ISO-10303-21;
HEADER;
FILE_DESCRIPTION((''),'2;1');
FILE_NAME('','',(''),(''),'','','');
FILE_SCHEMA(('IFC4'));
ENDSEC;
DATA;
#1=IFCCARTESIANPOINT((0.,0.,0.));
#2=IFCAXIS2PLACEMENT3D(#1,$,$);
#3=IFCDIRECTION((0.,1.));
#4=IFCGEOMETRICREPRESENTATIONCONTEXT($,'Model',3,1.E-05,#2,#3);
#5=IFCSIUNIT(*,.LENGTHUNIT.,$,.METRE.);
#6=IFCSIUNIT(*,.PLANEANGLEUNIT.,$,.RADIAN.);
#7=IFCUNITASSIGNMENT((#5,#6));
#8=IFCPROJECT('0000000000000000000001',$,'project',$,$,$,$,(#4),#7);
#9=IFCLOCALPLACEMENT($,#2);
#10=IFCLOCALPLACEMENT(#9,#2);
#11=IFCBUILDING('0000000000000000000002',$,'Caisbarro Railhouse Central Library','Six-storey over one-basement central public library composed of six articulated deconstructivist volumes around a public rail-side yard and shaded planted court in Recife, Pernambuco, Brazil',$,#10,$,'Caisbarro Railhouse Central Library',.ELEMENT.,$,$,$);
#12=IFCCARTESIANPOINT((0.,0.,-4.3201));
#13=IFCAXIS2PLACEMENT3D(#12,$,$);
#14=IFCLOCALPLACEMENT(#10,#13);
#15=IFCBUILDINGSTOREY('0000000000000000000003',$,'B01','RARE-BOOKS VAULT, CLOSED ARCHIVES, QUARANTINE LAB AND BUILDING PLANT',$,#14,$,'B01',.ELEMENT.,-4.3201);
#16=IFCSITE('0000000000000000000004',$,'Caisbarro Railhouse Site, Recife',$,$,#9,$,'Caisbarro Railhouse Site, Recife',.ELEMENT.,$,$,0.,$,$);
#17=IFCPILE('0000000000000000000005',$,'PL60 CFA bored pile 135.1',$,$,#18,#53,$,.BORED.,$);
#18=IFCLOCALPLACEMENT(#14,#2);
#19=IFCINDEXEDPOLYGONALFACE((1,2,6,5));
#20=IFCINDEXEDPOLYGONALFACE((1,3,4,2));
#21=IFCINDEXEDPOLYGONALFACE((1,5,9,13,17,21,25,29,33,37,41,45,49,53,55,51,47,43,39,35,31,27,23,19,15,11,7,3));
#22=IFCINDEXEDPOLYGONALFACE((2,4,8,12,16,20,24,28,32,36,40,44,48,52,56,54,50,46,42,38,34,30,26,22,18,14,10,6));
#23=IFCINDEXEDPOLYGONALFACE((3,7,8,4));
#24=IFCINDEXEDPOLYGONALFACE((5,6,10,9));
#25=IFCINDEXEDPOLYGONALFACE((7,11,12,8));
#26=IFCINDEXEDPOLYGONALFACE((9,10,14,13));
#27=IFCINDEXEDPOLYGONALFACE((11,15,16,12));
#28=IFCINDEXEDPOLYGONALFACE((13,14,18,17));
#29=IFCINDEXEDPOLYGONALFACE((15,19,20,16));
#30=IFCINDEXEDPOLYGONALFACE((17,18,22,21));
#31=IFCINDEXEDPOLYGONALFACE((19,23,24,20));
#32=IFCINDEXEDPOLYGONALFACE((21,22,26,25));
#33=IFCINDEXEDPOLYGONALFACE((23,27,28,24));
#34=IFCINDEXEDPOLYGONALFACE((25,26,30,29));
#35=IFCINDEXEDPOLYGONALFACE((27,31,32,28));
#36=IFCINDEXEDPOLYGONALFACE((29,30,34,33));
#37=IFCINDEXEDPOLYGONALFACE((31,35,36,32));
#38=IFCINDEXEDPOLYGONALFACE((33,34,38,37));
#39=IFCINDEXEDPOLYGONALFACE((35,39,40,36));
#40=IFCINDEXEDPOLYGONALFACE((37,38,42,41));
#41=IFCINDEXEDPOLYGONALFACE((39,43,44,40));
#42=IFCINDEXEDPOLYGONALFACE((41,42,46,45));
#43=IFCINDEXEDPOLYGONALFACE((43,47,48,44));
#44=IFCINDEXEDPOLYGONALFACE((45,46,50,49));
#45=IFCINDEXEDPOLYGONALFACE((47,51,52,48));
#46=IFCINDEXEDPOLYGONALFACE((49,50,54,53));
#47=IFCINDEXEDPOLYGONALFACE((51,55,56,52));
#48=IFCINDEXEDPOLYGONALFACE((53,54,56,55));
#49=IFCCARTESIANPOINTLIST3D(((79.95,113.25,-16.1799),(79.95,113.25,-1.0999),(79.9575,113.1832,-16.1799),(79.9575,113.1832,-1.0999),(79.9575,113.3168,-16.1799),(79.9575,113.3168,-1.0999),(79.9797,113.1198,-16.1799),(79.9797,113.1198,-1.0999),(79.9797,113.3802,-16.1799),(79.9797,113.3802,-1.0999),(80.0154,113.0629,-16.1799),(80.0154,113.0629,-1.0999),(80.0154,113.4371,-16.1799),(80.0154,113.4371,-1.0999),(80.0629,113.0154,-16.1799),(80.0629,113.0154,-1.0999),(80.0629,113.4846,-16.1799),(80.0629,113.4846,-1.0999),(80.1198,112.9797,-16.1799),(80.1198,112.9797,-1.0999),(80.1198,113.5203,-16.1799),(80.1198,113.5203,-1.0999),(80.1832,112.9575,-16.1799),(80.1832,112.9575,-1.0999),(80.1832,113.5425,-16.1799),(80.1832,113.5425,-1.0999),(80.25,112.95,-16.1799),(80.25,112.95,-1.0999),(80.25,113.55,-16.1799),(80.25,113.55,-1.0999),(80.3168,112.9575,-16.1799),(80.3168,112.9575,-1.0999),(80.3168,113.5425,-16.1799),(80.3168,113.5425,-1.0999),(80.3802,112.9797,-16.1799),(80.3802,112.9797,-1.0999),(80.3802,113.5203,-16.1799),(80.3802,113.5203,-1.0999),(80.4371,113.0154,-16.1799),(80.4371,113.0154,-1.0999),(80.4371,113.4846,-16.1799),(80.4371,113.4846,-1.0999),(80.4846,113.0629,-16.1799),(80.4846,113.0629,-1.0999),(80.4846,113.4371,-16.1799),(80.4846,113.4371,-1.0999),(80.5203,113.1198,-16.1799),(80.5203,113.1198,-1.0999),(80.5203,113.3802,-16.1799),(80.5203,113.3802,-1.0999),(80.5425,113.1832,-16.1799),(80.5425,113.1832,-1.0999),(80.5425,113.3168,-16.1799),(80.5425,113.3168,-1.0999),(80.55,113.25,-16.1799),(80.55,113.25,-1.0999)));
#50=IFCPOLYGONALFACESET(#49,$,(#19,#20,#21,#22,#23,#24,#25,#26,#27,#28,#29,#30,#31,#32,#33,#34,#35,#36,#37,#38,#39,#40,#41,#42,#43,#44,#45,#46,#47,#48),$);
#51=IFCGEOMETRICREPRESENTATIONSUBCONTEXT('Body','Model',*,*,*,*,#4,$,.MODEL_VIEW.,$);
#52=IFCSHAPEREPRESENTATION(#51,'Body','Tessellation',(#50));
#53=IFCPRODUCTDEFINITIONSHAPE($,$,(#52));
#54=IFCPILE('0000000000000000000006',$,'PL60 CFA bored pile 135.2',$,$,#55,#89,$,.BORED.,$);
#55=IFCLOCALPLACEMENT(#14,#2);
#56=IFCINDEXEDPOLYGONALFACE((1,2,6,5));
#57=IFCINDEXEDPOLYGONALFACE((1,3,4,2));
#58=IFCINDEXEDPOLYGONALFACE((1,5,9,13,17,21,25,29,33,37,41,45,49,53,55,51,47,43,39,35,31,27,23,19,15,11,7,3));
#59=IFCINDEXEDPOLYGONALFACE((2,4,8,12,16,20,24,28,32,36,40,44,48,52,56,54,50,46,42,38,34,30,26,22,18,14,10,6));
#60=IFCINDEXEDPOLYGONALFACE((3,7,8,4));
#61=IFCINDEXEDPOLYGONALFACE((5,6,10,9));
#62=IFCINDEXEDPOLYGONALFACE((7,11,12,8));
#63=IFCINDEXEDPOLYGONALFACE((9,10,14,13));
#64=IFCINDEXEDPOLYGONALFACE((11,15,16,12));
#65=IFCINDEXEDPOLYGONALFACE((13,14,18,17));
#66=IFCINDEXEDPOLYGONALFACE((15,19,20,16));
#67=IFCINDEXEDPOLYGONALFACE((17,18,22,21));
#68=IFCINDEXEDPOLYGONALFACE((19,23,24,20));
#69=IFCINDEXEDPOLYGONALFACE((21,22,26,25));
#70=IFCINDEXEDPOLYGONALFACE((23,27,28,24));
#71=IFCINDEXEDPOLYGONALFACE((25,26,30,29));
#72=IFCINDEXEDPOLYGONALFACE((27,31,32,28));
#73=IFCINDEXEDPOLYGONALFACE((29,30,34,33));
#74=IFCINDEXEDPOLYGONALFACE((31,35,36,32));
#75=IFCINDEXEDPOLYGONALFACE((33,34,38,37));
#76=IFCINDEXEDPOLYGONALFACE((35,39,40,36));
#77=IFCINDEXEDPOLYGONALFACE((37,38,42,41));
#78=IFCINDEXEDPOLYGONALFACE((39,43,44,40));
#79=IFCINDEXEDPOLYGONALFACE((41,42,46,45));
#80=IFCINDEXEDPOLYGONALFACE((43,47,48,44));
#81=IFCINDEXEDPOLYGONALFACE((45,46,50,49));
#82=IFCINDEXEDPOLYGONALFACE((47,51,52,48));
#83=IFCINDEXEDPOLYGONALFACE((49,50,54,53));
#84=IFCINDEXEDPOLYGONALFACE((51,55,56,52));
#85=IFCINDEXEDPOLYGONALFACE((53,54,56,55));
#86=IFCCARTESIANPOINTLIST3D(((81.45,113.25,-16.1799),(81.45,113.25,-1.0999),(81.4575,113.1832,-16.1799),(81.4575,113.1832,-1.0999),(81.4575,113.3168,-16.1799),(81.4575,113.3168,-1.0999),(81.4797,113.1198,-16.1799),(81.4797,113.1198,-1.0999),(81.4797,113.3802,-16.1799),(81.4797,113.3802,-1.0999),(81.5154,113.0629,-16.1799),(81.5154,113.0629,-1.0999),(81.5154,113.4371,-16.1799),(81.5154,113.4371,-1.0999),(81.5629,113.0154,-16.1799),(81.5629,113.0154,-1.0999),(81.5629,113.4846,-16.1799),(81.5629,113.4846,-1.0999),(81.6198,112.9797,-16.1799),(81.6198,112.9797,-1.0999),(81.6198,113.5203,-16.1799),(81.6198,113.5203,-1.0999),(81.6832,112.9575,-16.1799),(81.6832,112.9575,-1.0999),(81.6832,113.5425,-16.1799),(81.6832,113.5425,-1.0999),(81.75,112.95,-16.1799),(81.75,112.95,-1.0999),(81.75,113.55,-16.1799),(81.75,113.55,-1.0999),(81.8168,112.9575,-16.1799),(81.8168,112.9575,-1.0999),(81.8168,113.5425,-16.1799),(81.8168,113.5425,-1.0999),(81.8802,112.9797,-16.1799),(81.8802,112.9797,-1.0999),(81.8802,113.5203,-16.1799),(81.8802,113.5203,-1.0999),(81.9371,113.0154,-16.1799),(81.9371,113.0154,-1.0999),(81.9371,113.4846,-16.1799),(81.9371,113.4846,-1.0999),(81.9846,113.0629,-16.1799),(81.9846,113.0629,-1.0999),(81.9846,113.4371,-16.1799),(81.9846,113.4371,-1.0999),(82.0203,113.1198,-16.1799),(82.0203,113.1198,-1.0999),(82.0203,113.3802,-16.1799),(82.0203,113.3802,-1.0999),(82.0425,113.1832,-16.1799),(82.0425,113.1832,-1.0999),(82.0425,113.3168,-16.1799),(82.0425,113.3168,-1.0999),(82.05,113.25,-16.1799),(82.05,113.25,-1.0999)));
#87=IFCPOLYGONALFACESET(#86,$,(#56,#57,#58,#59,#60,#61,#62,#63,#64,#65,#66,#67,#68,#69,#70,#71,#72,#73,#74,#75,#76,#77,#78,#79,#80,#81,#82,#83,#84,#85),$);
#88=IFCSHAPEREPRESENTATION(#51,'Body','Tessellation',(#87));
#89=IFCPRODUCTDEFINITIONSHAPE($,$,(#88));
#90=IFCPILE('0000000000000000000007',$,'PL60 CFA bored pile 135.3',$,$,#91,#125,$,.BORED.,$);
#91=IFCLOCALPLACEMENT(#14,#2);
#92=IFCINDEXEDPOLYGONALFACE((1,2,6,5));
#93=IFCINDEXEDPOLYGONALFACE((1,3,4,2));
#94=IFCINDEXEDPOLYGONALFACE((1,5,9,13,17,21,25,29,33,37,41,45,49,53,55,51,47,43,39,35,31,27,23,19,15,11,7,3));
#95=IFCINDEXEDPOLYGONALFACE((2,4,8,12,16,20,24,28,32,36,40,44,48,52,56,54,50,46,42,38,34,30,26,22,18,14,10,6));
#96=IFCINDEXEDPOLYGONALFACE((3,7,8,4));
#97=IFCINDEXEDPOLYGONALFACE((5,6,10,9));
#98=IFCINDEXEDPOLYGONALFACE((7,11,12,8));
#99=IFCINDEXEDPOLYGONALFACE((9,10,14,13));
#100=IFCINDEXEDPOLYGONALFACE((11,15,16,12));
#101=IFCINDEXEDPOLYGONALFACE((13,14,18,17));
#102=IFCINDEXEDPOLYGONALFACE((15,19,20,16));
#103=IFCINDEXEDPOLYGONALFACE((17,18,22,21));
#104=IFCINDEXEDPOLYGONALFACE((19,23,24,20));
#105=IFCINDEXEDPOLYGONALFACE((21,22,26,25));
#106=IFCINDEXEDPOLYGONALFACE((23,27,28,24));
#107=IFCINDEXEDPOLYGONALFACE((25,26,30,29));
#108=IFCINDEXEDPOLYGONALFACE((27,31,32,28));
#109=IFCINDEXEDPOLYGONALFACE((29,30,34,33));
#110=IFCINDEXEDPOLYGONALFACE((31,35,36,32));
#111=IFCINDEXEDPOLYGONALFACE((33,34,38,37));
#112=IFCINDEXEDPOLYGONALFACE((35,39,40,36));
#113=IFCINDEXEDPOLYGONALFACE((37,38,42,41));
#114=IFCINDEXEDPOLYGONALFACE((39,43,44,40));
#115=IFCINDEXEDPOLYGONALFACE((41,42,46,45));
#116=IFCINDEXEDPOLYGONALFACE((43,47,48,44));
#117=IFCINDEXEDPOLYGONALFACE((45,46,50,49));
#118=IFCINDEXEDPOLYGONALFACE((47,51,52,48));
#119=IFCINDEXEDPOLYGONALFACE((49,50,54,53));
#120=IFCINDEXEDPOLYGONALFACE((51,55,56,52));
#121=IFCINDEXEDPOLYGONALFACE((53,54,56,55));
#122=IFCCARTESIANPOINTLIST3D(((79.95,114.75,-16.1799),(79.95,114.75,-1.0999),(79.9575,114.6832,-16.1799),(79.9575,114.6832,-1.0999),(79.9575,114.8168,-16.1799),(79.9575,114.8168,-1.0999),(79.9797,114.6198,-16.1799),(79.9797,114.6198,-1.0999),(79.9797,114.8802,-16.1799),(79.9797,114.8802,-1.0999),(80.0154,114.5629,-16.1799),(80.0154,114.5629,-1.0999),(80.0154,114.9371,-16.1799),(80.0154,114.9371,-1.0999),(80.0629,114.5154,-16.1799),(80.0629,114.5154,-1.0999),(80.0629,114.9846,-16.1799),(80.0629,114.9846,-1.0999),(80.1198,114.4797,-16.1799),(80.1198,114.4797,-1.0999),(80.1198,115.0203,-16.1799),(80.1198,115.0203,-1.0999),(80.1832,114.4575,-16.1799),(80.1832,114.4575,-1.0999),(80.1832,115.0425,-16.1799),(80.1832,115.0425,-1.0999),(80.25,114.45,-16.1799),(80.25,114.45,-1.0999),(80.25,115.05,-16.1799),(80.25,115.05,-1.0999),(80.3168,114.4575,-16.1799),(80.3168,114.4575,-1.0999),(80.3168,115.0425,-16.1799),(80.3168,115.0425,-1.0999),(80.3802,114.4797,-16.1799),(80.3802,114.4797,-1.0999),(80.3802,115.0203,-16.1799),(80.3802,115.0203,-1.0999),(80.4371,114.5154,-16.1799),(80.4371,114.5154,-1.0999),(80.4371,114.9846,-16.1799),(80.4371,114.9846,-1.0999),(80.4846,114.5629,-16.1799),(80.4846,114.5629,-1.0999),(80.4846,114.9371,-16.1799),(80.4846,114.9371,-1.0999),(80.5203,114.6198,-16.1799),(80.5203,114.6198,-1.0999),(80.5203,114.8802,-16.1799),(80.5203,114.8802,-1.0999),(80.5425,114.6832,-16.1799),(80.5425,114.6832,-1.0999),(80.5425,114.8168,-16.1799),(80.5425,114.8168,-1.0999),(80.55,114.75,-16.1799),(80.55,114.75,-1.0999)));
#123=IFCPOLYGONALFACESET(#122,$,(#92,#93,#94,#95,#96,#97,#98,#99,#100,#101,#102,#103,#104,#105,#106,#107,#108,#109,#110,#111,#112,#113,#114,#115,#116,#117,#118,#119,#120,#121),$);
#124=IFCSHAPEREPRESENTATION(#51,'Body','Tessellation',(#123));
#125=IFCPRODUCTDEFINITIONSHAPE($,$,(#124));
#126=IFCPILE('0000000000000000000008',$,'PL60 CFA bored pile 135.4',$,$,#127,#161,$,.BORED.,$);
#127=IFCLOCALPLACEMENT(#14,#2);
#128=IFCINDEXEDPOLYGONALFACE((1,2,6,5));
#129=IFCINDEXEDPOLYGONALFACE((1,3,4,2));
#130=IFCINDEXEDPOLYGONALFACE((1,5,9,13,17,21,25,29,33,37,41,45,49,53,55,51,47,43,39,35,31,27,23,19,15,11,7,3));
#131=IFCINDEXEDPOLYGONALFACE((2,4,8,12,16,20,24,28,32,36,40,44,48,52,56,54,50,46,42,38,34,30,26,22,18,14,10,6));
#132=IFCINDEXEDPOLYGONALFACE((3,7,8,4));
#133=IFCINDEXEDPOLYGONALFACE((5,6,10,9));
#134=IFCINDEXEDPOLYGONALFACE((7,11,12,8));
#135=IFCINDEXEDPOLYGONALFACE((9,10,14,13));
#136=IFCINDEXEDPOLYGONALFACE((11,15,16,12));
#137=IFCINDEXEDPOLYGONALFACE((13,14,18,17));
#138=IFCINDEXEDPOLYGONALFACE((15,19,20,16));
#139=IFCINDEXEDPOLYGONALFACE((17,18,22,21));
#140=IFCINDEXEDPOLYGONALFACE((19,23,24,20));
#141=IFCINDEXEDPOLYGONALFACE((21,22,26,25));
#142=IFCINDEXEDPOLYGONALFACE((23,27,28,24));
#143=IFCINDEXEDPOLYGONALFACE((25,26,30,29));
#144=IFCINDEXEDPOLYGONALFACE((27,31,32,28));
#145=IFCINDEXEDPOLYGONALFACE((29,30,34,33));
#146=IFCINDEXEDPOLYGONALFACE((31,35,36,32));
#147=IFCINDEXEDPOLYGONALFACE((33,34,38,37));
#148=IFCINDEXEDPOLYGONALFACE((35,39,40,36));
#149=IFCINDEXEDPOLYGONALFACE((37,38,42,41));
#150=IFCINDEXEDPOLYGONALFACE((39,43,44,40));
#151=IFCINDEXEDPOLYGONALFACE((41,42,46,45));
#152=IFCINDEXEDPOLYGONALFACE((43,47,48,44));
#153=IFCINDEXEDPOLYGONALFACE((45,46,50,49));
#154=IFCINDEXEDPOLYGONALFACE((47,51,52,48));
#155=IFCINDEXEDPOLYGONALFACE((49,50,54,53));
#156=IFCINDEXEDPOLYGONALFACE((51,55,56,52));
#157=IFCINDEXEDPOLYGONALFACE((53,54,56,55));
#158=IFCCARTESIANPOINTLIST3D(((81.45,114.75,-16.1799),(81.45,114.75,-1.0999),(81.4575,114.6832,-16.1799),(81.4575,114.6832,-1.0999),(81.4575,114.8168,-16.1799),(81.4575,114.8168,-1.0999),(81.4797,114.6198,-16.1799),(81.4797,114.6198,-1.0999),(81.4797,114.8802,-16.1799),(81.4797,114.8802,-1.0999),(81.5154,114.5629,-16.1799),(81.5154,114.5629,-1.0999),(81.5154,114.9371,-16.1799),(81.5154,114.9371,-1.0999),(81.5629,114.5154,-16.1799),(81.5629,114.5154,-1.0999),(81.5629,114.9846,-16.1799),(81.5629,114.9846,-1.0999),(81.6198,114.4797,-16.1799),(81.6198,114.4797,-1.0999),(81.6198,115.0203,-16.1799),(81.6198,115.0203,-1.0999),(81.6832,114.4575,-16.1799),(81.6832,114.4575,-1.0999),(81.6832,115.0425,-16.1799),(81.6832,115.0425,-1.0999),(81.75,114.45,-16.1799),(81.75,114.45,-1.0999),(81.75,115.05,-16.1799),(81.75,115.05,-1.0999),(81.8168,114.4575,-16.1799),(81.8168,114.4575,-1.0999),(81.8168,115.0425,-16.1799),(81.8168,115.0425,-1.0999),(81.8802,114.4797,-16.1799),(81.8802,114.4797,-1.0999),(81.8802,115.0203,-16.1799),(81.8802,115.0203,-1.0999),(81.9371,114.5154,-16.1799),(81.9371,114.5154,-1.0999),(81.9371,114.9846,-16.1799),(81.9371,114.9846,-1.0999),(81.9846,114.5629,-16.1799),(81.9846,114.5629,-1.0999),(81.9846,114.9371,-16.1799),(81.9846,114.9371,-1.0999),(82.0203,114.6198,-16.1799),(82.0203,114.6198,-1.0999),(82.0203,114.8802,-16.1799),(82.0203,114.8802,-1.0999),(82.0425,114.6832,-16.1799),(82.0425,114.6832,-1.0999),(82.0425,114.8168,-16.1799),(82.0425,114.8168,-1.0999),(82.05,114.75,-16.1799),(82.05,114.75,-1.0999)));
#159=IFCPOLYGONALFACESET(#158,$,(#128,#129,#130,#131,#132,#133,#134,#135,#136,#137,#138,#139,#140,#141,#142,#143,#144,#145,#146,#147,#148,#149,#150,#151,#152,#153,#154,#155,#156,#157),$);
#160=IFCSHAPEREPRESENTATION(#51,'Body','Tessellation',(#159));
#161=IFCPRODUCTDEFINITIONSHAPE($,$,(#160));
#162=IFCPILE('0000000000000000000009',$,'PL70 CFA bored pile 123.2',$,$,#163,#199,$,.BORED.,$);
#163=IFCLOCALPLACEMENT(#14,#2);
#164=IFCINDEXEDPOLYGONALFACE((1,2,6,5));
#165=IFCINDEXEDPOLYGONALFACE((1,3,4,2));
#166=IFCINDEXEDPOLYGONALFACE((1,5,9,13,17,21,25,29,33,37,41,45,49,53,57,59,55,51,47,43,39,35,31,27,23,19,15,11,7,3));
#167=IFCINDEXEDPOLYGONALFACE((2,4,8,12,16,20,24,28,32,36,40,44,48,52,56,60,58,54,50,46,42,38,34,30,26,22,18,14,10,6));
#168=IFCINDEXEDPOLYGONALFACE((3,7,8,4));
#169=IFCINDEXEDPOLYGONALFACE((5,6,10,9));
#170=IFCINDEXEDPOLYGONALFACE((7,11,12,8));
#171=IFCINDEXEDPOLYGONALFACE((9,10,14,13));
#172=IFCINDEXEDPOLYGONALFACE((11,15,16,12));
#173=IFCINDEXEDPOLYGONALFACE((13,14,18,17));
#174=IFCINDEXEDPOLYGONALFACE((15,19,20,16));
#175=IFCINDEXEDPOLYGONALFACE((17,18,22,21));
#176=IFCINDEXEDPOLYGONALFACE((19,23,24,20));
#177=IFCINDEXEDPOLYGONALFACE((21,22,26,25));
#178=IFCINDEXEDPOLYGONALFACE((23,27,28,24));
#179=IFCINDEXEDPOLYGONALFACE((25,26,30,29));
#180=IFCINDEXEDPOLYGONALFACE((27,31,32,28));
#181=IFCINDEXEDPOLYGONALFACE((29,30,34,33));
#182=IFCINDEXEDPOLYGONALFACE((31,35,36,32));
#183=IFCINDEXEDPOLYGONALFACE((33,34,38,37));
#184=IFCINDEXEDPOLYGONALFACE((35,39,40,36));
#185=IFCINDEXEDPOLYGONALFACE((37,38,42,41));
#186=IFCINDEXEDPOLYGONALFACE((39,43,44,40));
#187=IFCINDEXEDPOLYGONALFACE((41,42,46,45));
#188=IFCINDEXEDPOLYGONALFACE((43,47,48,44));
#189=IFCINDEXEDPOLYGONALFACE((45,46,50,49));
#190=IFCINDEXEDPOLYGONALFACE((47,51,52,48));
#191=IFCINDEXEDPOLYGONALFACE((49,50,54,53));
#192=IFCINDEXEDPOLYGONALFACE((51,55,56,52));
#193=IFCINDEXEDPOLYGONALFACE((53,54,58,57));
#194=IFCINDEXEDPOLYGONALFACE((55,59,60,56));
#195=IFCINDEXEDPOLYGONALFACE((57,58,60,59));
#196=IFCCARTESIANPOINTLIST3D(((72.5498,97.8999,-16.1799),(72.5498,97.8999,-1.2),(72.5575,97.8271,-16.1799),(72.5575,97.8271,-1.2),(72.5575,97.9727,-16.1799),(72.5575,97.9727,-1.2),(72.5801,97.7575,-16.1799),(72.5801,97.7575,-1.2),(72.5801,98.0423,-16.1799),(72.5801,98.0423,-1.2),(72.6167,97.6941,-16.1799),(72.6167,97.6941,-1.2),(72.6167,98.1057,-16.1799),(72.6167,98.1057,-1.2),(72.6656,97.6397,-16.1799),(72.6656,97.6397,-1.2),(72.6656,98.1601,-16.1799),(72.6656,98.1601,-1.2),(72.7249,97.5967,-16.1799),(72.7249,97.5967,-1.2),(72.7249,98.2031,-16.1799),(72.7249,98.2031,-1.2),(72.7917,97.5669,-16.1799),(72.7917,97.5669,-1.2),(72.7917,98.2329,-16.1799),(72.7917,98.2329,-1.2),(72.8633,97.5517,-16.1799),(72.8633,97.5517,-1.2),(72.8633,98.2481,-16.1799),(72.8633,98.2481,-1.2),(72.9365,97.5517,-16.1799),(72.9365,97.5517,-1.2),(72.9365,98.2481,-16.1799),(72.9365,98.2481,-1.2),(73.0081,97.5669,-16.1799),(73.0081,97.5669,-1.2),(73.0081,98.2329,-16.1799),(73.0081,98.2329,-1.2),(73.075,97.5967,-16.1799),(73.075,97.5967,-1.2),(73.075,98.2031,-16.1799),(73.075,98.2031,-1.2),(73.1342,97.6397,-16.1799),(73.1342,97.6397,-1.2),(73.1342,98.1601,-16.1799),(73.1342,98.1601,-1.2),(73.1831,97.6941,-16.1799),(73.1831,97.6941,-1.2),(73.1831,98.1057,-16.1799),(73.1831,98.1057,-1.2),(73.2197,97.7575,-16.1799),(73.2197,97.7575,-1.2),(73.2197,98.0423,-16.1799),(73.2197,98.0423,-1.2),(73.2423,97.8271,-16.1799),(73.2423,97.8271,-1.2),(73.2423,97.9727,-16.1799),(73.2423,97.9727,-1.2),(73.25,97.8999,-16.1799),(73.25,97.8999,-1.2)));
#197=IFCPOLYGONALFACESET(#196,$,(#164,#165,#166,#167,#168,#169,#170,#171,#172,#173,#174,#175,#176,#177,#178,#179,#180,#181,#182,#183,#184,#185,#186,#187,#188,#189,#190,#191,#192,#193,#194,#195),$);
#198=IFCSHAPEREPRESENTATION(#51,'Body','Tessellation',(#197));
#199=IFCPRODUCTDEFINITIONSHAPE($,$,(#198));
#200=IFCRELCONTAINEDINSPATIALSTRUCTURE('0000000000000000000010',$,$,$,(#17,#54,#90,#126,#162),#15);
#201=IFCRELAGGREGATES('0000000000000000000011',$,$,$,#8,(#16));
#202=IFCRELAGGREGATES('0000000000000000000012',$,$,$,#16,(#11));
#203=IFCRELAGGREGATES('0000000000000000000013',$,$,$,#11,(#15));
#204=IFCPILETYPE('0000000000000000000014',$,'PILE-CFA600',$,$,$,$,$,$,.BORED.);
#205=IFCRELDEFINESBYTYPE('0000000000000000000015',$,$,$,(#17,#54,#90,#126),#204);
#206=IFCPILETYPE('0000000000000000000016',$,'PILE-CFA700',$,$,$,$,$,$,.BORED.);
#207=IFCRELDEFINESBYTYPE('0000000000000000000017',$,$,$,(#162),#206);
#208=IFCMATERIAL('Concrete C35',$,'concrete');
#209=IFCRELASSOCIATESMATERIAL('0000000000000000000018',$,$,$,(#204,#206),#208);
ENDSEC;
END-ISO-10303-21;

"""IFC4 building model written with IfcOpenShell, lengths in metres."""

from ifc_helpers import new_model, si_unit, direction, frame, origin, origin_2d, place, context, subcontext, project, spatial, circle, extrude, material, material_profile, profile_set, type_object, element, save


model = new_model("IFC4")

# Units and contexts
model_context = context("Model", 3, precision=1e-05, world=origin(), true_north=direction((0.0, 1.0)))
body_context = subcontext(model_context, "Body", "Model", "MODEL_VIEW")
ifc_project = project(units=[si_unit("LENGTHUNIT", "METRE"), si_unit("PLANEANGLEUNIT", "RADIAN")], contexts=[model_context])

# Site, building, storey
site_placement = place(None, origin())
site = spatial("IfcSite", under=ifc_project, at=site_placement, Name="Caisbarro Railhouse Site, Recife", LongName="Caisbarro Railhouse Site, Recife", CompositionType="ELEMENT", RefElevation=0.0)
building_placement = place(site_placement, origin())
building = spatial("IfcBuilding", under=site, at=building_placement, Name="Caisbarro Railhouse Central Library", Description="Six-storey over one-basement central public library composed of six articulated deconstructivist volumes around a public rail-side yard and shaded planted court in Recife, Pernambuco, Brazil", LongName="Caisbarro Railhouse Central Library", CompositionType="ELEMENT")
storey_placement = place(building_placement, frame((0.0, 0.0, -4.3201)))
storey = spatial("IfcBuildingStorey", under=building, at=storey_placement, Name="B01", Description="RARE-BOOKS VAULT, CLOSED ARCHIVES, QUARANTINE LAB AND BUILDING PLANT", LongName="B01", CompositionType="ELEMENT", Elevation=-4.3201)

# Shared definitions
ifc_material_1 = material(Name="Concrete C35", Category="concrete")

# Piles
ifc_material_profile_1 = material_profile(ifc_material_1, circle(Radius=0.3, at=origin_2d()), Name="PILE-CFA-600")
ifc_profile_set_1 = profile_set([ifc_material_profile_1], Name="Concrete C35")
pile_type_1 = type_object("IfcPileType", Name="PILE-CFA600", PredefinedType="BORED", material=ifc_profile_set_1)
for number, where, z_axis, x_axis, name in (
    (1, (80.25, 113.25, -1.0999), (0.0, 0.0, -1.0), (1.0, 0.0, 0.0), "PL60 CFA bored pile 135.1"),
    (2, (81.75, 113.25, -1.0999), (0.0, 0.0, -1.0), (1.0, 0.0, 0.0), "PL60 CFA bored pile 135.2"),
    (3, (80.25, 114.75, -1.0999), (0.0, 0.0, -1.0), (1.0, 0.0, 0.0), "PL60 CFA bored pile 135.3"),
    (4, (81.75, 114.75, -1.0999), (0.0, 0.0, -1.0), (1.0, 0.0, 0.0), "PL60 CFA bored pile 135.4"),
):
    element("IfcPile", number, at=place(storey_placement, frame(where, z_axis=z_axis, x_axis=x_axis)), inside=storey, type_object=pile_type_1, Name=name, PredefinedType="BORED", context=body_context, shape_type="SweptSolid", body=[
        extrude(circle(Radius=0.3, at=origin_2d()), origin(), (0.0, 0.0, 1.0), 15.0801),
    ])
ifc_material_profile_2 = material_profile(ifc_material_1, circle(Radius=0.3501, at=origin_2d()), Name="PILE-CFA-700")
ifc_profile_set_2 = profile_set([ifc_material_profile_2], Name="Concrete C35")
pile_type_2 = type_object("IfcPileType", Name="PILE-CFA700", PredefinedType="BORED", material=ifc_profile_set_2)
for number, where, z_axis, x_axis, name in (
    (5, (72.8999, 97.8999, -1.2), (0.0, 0.0, -1.0), (1.0, 0.0, 0.0), "PL70 CFA bored pile 123.2"),
):
    element("IfcPile", number, at=place(storey_placement, frame(where, z_axis=z_axis, x_axis=x_axis)), inside=storey, type_object=pile_type_2, Name=name, PredefinedType="BORED", context=body_context, shape_type="SweptSolid", body=[
        extrude(circle(Radius=0.3501, at=origin_2d()), origin(), (0.0, 0.0, 1.0), 14.98),
    ])

save(model, "model.ifc")
